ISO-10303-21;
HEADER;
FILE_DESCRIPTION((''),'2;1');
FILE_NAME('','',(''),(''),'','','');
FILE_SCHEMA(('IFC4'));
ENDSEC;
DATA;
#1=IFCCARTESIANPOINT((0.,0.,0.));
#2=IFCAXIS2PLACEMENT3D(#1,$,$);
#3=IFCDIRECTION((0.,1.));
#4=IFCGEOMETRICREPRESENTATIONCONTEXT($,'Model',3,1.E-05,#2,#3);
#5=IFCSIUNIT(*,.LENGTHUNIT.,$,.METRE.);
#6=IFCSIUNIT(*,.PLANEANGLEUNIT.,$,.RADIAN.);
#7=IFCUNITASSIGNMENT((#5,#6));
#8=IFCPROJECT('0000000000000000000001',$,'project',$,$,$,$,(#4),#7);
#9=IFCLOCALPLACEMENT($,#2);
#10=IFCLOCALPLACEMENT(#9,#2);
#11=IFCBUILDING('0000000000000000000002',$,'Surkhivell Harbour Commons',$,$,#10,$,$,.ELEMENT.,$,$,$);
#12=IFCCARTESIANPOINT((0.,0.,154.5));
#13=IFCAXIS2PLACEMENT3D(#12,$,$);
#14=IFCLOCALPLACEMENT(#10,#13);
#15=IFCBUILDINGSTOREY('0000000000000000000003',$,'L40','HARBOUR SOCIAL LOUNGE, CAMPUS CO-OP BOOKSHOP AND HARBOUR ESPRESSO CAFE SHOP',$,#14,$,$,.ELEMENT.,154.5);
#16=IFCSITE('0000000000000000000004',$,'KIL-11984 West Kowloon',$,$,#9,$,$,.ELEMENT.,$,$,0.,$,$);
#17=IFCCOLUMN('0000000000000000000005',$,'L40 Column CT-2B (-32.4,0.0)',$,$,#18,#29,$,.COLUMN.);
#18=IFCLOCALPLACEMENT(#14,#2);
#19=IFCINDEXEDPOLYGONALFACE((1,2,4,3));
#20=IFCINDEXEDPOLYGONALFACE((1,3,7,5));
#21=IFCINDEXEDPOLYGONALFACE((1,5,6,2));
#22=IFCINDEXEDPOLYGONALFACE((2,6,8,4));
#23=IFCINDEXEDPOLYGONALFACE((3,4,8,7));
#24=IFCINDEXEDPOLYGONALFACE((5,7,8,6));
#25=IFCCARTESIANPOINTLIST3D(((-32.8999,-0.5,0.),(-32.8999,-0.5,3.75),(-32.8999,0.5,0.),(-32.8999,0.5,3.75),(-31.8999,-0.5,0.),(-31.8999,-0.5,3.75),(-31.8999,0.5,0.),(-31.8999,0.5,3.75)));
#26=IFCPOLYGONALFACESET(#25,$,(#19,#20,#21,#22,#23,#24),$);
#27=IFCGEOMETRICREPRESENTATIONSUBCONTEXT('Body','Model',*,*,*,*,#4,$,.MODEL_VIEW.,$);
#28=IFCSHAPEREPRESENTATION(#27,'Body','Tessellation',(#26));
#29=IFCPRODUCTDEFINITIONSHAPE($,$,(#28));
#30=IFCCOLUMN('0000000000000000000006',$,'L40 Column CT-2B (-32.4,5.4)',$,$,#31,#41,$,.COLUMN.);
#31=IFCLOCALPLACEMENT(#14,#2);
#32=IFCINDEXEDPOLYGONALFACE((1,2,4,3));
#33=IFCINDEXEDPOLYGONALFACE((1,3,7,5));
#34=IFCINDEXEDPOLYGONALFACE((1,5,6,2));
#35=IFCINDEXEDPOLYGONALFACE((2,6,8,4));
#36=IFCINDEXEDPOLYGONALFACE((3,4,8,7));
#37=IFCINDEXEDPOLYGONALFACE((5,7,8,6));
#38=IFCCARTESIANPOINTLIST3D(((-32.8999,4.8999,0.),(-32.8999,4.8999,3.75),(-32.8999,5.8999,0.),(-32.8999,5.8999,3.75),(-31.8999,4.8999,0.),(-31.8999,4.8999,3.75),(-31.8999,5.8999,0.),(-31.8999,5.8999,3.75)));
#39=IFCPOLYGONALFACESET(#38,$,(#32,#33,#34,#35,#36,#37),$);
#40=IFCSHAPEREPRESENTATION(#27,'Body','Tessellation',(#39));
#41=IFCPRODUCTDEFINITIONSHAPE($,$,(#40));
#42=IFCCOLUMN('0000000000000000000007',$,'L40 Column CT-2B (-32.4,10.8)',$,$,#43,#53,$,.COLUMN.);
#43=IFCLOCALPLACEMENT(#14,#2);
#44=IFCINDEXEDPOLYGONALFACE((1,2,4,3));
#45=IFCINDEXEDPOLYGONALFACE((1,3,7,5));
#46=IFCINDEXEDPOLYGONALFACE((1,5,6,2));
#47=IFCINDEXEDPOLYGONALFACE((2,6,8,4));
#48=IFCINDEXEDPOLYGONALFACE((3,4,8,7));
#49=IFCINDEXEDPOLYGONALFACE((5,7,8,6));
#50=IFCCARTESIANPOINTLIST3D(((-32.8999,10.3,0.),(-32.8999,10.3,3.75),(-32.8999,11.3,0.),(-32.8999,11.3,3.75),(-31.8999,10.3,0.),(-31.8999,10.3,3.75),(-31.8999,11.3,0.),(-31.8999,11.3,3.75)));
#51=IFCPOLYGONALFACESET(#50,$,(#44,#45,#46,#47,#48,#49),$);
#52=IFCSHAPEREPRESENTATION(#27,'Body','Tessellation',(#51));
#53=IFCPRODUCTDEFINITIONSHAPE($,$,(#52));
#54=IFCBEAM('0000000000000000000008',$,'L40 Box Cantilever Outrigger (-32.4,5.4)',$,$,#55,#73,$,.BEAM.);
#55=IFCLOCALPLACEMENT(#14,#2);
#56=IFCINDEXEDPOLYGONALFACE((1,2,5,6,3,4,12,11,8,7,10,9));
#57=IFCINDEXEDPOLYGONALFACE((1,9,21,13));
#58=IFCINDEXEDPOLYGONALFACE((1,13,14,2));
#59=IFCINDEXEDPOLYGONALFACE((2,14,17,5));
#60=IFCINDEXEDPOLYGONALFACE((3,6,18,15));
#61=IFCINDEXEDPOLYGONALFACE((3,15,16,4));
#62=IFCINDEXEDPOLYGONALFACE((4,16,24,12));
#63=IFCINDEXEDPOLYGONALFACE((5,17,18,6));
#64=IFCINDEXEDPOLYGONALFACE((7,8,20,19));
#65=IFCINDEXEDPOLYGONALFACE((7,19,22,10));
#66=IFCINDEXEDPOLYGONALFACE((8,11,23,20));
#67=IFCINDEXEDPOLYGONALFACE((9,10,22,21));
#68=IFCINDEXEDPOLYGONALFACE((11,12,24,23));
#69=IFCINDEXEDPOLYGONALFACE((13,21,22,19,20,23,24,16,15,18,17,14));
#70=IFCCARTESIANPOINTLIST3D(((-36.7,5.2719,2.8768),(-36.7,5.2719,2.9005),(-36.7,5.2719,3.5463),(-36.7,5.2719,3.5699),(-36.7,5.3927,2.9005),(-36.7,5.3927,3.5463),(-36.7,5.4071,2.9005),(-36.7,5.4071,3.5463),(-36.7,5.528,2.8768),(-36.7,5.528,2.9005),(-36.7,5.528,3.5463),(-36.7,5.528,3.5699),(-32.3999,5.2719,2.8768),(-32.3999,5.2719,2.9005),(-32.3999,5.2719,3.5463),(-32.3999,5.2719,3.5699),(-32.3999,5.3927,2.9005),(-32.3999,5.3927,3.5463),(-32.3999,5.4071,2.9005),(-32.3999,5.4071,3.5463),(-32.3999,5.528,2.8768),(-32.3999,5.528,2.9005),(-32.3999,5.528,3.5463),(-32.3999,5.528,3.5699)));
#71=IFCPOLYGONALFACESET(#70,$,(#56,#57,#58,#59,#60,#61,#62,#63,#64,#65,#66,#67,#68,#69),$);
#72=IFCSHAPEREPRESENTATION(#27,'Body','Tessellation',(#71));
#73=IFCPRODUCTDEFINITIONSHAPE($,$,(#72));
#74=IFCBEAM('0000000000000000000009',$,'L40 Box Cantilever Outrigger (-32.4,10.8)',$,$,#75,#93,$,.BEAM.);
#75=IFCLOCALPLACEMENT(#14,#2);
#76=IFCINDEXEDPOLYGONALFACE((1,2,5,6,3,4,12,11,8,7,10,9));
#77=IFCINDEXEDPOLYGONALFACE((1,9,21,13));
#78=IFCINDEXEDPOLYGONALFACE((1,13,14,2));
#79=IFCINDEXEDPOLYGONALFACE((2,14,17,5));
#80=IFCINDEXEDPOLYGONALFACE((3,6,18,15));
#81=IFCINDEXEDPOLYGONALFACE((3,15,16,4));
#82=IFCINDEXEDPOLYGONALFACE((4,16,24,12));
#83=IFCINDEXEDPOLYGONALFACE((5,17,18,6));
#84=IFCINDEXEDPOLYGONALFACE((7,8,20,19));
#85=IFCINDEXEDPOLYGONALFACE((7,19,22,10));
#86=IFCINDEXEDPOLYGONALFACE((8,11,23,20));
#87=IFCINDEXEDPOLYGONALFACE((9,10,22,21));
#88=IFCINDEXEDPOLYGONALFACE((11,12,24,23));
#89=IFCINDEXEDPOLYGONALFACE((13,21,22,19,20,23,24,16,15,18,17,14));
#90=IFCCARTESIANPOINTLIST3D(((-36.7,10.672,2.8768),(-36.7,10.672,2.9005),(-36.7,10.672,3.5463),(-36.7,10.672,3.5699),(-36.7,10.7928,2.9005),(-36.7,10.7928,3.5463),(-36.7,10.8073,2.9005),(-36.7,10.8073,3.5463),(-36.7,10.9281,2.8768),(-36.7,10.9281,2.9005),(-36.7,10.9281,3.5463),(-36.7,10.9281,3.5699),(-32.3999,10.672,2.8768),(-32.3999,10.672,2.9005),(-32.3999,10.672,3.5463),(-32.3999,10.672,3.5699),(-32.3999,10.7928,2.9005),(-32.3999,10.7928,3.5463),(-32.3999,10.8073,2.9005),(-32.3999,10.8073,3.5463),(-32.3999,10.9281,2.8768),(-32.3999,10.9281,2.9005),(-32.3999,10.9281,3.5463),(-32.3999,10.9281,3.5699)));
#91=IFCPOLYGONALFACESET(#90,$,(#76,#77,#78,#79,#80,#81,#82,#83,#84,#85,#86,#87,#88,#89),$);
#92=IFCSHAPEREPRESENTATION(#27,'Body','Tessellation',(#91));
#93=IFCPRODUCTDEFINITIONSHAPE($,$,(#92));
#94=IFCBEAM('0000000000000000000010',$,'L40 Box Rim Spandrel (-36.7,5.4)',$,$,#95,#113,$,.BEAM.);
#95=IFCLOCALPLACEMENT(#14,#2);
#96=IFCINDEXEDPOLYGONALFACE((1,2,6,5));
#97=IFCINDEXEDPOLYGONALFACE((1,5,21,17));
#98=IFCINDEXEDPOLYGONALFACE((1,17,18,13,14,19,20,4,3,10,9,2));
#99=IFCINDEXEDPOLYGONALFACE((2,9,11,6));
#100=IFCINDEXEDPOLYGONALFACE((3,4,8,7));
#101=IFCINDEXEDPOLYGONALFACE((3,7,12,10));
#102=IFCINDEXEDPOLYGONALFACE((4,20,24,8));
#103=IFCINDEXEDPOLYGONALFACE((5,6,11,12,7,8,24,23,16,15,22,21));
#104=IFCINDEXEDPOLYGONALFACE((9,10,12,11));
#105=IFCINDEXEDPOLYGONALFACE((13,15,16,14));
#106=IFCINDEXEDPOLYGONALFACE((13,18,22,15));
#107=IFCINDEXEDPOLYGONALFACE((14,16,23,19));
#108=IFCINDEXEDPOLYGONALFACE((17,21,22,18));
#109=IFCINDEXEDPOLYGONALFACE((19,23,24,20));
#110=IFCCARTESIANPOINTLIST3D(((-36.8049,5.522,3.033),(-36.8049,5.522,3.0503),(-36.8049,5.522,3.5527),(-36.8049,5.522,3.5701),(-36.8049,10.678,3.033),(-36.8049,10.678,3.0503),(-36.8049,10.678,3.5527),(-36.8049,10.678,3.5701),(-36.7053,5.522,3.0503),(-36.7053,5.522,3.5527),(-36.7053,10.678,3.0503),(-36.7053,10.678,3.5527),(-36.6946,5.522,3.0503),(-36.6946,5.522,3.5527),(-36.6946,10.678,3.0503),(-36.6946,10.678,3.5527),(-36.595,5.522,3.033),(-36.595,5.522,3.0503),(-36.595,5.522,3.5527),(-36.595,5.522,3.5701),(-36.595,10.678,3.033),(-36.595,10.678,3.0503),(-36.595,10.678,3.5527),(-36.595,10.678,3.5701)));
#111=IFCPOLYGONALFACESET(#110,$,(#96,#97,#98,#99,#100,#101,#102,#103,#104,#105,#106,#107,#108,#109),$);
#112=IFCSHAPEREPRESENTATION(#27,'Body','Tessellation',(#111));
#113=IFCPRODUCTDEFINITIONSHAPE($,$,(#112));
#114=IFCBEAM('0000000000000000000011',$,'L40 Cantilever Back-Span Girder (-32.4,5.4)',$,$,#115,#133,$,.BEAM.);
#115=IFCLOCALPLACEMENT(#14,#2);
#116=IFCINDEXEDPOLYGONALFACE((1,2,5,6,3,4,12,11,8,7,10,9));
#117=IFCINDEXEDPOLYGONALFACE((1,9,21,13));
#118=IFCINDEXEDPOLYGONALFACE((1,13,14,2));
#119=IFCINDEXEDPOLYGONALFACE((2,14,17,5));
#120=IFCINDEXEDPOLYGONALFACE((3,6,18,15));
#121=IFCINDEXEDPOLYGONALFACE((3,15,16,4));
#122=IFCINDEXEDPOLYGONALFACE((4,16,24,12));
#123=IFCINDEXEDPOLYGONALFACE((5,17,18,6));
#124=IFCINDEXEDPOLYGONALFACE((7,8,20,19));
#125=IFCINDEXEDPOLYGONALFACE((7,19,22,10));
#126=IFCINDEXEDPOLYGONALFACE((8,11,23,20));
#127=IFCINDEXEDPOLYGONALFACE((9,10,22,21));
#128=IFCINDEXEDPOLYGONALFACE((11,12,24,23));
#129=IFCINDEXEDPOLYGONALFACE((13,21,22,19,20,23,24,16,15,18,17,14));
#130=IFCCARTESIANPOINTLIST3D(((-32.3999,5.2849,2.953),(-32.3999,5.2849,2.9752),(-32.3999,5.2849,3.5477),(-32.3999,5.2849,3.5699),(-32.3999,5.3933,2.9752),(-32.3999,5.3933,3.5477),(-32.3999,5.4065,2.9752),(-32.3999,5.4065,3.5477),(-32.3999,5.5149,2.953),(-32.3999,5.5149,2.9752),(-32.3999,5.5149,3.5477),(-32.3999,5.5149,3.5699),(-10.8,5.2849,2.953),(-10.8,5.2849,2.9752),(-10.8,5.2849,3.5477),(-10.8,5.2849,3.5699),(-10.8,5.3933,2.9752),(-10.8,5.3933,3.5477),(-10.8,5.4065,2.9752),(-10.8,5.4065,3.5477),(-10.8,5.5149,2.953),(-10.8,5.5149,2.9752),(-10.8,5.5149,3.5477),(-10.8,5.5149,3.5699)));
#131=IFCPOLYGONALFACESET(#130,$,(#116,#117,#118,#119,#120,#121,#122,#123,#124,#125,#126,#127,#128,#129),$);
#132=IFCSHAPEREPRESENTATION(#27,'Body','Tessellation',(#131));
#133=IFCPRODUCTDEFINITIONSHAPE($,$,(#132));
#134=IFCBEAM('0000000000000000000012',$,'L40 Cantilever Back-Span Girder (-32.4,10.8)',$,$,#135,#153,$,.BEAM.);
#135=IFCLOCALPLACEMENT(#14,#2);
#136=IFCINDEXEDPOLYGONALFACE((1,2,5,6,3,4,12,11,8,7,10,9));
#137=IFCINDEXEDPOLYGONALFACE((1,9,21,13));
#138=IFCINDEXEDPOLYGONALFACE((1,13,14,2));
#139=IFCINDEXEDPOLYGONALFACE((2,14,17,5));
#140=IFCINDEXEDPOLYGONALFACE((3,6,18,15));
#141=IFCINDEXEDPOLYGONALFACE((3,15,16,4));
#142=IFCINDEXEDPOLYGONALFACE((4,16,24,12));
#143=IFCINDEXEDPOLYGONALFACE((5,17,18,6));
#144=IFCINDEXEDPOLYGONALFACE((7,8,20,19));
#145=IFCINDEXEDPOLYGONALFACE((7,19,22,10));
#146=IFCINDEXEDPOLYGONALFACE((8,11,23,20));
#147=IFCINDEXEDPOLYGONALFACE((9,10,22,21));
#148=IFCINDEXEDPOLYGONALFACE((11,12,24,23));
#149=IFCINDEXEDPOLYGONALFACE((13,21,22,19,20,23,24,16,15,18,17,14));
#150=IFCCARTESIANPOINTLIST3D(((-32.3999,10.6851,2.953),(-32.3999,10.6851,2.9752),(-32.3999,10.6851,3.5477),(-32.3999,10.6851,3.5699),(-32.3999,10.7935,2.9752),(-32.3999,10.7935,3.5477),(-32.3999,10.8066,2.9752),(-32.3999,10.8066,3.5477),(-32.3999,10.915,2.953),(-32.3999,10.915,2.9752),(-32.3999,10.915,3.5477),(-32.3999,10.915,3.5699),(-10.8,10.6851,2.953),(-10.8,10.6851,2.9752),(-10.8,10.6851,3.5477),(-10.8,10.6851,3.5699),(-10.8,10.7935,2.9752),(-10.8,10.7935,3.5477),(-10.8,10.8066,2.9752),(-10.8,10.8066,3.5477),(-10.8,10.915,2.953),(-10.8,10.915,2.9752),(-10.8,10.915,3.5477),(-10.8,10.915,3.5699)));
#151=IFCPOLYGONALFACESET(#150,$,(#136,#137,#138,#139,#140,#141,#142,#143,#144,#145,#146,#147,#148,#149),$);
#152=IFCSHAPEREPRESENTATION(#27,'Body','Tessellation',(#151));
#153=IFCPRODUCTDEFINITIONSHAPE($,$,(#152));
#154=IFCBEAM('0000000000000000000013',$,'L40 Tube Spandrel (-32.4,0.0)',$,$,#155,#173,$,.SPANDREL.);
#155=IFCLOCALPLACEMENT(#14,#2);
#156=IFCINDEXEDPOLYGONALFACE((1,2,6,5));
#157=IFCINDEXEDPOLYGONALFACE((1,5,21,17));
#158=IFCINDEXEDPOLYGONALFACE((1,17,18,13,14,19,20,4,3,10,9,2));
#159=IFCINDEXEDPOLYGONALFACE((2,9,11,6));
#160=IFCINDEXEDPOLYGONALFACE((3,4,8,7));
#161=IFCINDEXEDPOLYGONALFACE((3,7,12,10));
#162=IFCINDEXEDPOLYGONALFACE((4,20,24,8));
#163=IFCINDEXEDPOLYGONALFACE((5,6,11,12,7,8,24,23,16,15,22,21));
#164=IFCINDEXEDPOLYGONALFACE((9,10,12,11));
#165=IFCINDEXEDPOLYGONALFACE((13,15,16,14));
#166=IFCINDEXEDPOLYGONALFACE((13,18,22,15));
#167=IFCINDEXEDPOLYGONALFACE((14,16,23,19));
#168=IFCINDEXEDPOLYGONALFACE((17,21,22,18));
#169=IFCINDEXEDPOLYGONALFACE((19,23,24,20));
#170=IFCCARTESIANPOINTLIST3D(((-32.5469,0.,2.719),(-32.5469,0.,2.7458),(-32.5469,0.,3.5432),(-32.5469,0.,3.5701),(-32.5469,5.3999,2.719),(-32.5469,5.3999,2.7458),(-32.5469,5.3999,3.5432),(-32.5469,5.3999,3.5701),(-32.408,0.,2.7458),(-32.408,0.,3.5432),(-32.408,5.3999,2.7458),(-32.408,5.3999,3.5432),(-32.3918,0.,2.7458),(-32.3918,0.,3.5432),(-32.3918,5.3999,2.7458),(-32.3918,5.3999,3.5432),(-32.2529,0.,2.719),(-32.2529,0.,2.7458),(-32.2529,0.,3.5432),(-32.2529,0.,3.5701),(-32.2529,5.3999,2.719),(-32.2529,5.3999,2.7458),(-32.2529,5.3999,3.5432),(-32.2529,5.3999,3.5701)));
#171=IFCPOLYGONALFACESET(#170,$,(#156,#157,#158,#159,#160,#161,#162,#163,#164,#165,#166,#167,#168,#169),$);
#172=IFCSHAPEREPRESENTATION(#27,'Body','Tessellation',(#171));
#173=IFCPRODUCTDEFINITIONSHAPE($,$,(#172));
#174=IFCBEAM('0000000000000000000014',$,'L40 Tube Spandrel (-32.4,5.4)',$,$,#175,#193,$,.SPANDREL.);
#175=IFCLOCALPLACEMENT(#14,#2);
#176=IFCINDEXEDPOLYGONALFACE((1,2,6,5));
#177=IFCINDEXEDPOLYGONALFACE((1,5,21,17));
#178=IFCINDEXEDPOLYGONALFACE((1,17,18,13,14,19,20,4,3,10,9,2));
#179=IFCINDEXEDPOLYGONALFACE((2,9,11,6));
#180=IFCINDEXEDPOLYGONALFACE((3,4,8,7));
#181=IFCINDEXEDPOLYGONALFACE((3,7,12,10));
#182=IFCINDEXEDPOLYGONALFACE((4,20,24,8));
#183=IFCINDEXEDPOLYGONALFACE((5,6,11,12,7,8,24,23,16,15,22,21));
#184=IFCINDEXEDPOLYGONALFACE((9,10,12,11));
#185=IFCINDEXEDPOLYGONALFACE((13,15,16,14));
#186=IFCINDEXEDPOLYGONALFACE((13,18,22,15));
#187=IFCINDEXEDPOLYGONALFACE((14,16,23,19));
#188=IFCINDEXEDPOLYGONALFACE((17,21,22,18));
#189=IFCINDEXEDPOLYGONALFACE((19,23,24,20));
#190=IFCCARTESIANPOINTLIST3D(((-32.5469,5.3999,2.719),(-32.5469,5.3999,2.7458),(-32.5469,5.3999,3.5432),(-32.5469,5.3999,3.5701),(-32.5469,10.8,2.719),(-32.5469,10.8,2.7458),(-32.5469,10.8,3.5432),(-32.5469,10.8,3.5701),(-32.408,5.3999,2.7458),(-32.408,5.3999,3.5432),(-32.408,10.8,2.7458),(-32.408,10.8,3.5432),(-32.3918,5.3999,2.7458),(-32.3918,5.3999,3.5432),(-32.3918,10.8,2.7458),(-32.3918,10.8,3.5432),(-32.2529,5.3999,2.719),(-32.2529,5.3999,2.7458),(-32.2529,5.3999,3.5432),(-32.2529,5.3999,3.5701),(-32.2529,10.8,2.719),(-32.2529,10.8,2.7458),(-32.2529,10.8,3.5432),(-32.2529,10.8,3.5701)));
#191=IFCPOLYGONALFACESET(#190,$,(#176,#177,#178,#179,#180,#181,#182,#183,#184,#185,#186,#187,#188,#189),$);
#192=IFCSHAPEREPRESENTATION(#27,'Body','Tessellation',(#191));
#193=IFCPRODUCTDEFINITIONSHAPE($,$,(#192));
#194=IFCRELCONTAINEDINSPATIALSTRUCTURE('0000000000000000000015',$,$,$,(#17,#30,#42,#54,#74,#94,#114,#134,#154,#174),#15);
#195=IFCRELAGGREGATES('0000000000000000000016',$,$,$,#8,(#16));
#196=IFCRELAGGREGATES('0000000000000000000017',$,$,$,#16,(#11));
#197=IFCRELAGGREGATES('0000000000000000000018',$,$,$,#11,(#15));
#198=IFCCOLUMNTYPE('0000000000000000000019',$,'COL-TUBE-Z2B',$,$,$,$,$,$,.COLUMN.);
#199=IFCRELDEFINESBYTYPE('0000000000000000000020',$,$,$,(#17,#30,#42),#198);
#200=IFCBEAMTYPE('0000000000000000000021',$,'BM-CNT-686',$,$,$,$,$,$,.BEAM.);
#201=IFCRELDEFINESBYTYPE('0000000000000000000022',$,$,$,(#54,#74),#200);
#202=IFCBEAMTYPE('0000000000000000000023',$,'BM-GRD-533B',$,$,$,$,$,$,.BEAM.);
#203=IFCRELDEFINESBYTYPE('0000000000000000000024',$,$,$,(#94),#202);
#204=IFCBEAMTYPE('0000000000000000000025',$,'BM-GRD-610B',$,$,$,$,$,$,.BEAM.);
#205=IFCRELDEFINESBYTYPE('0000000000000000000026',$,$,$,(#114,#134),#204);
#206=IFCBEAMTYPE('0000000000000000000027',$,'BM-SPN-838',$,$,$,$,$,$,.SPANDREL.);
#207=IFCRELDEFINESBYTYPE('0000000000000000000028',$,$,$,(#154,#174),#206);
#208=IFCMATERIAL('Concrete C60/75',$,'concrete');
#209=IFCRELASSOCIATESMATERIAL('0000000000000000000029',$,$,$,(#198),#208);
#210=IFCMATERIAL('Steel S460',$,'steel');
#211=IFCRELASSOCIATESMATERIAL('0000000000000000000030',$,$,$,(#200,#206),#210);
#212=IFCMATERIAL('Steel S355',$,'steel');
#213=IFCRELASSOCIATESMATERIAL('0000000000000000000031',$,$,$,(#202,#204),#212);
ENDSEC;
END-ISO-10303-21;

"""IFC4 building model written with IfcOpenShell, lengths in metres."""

from ifc_helpers import new_model, si_unit, direction, frame, origin, origin_2d, place, context, subcontext, project, spatial, rectangle, i_section, extrude, material, material_profile, profile_set, type_object, element, save


model = new_model("IFC4")

# Units and contexts
model_context = context("Model", 3, precision=1e-05, world=origin(), true_north=direction((0.0, 1.0)))
body_context = subcontext(model_context, "Body", "Model", "MODEL_VIEW")
ifc_project = project(units=[si_unit("LENGTHUNIT", "METRE"), si_unit("PLANEANGLEUNIT", "RADIAN")], contexts=[model_context])

# Site, building, storey
site_placement = place(None, origin())
site = spatial("IfcSite", under=ifc_project, at=site_placement, Name="KIL-11984 West Kowloon", CompositionType="ELEMENT", RefElevation=0.0)
building_placement = place(site_placement, origin())
building = spatial("IfcBuilding", under=site, at=building_placement, Name="Surkhivell Harbour Commons", CompositionType="ELEMENT")
storey_placement = place(building_placement, frame((0.0, 0.0, 154.5)))
storey = spatial("IfcBuildingStorey", under=building, at=storey_placement, Name="L40", Description="HARBOUR SOCIAL LOUNGE, CAMPUS CO-OP BOOKSHOP AND HARBOUR ESPRESSO CAFE SHOP", CompositionType="ELEMENT", Elevation=154.5)

# Columns
ifc_material_1 = material(Name="Concrete C60/75", Category="concrete")
ifc_material_profile_1 = material_profile(ifc_material_1, rectangle(XDim=1.0, YDim=1.0, at=origin_2d()), Name="RC-COL-1000x1000")
ifc_profile_set_1 = profile_set([ifc_material_profile_1], Name="Concrete C60/75")
column_type = type_object("IfcColumnType", Name="COL-TUBE-Z2B", PredefinedType="COLUMN", material=ifc_profile_set_1)
for number, where, z_axis, x_axis, name in (
    (1, (-32.3999, 0.0, 0.0), (0.0, 0.0, 1.0), (1.0, 0.0, 0.0), "L40 Column CT-2B (-32.4,0.0)"),
    (2, (-32.3999, 5.3999, 0.0), (0.0, 0.0, 1.0), (1.0, 0.0, 0.0), "L40 Column CT-2B (-32.4,5.4)"),
    (3, (-32.3999, 10.8, 0.0), (0.0, 0.0, 1.0), (1.0, 0.0, 0.0), "L40 Column CT-2B (-32.4,10.8)"),
):
    element("IfcColumn", number, at=place(storey_placement, frame(where, z_axis=z_axis, x_axis=x_axis)), inside=storey, type_object=column_type, Name=name, PredefinedType="COLUMN", context=body_context, shape_type="SweptSolid", body=[
        extrude(rectangle(XDim=1.0, YDim=1.0, at=origin_2d()), origin(), (0.0, 0.0, 1.0), 3.75),
    ])

# Beams
ifc_material_2 = material(Name="Steel S460", Category="steel")
ifc_material_profile_2 = material_profile(ifc_material_2, i_section(OverallWidth=0.2561, OverallDepth=0.6931, WebThickness=0.0144, FlangeThickness=0.0237, at=origin_2d()), Name="UB686x254x170")
ifc_profile_set_2 = profile_set([ifc_material_profile_2], Name="Steel S460")
beam_type_1 = type_object("IfcBeamType", Name="BM-CNT-686", PredefinedType="BEAM", material=ifc_profile_set_2)
for number, where, z_axis, x_axis, name in (
    (4, (-32.3999, 5.3999, 3.2234), (-1.0, 0.0, 0.0), (0.0, -1.0, 0.0), "L40 Box Cantilever Outrigger (-32.4,5.4)"),
    (5, (-32.3999, 10.8, 3.2234), (-1.0, 0.0, 0.0), (0.0, -1.0, 0.0), "L40 Box Cantilever Outrigger (-32.4,10.8)"),
):
    element("IfcBeam", number, at=place(storey_placement, frame(where, z_axis=z_axis, x_axis=x_axis)), inside=storey, type_object=beam_type_1, Name=name, PredefinedType="BEAM", context=body_context, shape_type="SweptSolid", body=[
        extrude(i_section(OverallWidth=0.2561, OverallDepth=0.6931, WebThickness=0.0144, FlangeThickness=0.0237, at=origin_2d()), origin(), (0.0, 0.0, 1.0), 4.3),
    ])
ifc_material_3 = material(Name="Steel S355", Category="steel")
ifc_material_profile_3 = material_profile(ifc_material_3, i_section(OverallWidth=0.21, OverallDepth=0.5371, WebThickness=0.0107, FlangeThickness=0.0173, at=origin_2d()), Name="UB533x210x101")
ifc_profile_set_3 = profile_set([ifc_material_profile_3], Name="Steel S355")
beam_type_2 = type_object("IfcBeamType", Name="BM-GRD-533B", PredefinedType="BEAM", material=ifc_profile_set_3)
beam_1_placement = place(storey_placement, frame((-36.7, 5.522, 3.3015), z_axis=(0.0, 1.0, 0.0), x_axis=(-1.0, 0.0, 0.0)))
element("IfcBeam", 6, at=beam_1_placement, inside=storey, type_object=beam_type_2, Name="L40 Box Rim Spandrel (-36.7,5.4)", PredefinedType="BEAM", context=body_context, shape_type="SweptSolid", body=[
    extrude(i_section(OverallWidth=0.21, OverallDepth=0.5371, WebThickness=0.0107, FlangeThickness=0.0173, at=origin_2d()), origin(), (0.0, 0.0, 1.0), 5.156),
])
ifc_material_profile_4 = material_profile(ifc_material_3, i_section(OverallWidth=0.23, OverallDepth=0.6169, WebThickness=0.0132, FlangeThickness=0.0222, at=origin_2d()), Name="UB610x229x140")
ifc_profile_set_4 = profile_set([ifc_material_profile_4], Name="Steel S355")
beam_type_3 = type_object("IfcBeamType", Name="BM-GRD-610B", PredefinedType="BEAM", material=ifc_profile_set_4)
for number, where, z_axis, x_axis, name in (
    (7, (-32.3999, 5.3999, 3.2615), (1.0, 0.0, 0.0), (0.0, 1.0, 0.0), "L40 Cantilever Back-Span Girder (-32.4,5.4)"),
    (8, (-32.3999, 10.8, 3.2615), (1.0, 0.0, 0.0), (0.0, 1.0, 0.0), "L40 Cantilever Back-Span Girder (-32.4,10.8)"),
):
    element("IfcBeam", number, at=place(storey_placement, frame(where, z_axis=z_axis, x_axis=x_axis)), inside=storey, type_object=beam_type_3, Name=name, PredefinedType="BEAM", context=body_context, shape_type="SweptSolid", body=[
        extrude(i_section(OverallWidth=0.23, OverallDepth=0.6169, WebThickness=0.0132, FlangeThickness=0.0222, at=origin_2d()), origin(), (0.0, 0.0, 1.0), 21.5999),
    ])
ifc_material_profile_5 = material_profile(ifc_material_2, i_section(OverallWidth=0.2939, OverallDepth=0.8511, WebThickness=0.0161, FlangeThickness=0.0269, at=origin_2d()), Name="UB838x292x226")
ifc_profile_set_5 = profile_set([ifc_material_profile_5], Name="Steel S460")
beam_type_4 = type_object("IfcBeamType", Name="BM-SPN-838", PredefinedType="SPANDREL", material=ifc_profile_set_5)
beam_2_placement = place(storey_placement, frame((-32.3999, 0.0, 3.1445), z_axis=(0.0, 1.0, 0.0), x_axis=(-1.0, 0.0, 0.0)))
element("IfcBeam", 9, at=beam_2_placement, inside=storey, type_object=beam_type_4, Name="L40 Tube Spandrel (-32.4,0.0)", PredefinedType="SPANDREL", context=body_context, shape_type="SweptSolid", body=[
    extrude(i_section(OverallWidth=0.2939, OverallDepth=0.8511, WebThickness=0.0161, FlangeThickness=0.0269, at=origin_2d()), origin(), (0.0, 0.0, 1.0), 5.3999),
])
beam_3_placement = place(storey_placement, frame((-32.3999, 5.3999, 3.1445), z_axis=(0.0, 1.0, 0.0), x_axis=(-1.0, 0.0, 0.0)))
element("IfcBeam", 10, at=beam_3_placement, inside=storey, type_object=beam_type_4, Name="L40 Tube Spandrel (-32.4,5.4)", PredefinedType="SPANDREL", context=body_context, shape_type="SweptSolid", body=[
    extrude(i_section(OverallWidth=0.2939, OverallDepth=0.8511, WebThickness=0.0161, FlangeThickness=0.0269, at=origin_2d()), origin(), (0.0, 0.0, 1.0), 5.4001),
])

save(model, "model.ifc")
